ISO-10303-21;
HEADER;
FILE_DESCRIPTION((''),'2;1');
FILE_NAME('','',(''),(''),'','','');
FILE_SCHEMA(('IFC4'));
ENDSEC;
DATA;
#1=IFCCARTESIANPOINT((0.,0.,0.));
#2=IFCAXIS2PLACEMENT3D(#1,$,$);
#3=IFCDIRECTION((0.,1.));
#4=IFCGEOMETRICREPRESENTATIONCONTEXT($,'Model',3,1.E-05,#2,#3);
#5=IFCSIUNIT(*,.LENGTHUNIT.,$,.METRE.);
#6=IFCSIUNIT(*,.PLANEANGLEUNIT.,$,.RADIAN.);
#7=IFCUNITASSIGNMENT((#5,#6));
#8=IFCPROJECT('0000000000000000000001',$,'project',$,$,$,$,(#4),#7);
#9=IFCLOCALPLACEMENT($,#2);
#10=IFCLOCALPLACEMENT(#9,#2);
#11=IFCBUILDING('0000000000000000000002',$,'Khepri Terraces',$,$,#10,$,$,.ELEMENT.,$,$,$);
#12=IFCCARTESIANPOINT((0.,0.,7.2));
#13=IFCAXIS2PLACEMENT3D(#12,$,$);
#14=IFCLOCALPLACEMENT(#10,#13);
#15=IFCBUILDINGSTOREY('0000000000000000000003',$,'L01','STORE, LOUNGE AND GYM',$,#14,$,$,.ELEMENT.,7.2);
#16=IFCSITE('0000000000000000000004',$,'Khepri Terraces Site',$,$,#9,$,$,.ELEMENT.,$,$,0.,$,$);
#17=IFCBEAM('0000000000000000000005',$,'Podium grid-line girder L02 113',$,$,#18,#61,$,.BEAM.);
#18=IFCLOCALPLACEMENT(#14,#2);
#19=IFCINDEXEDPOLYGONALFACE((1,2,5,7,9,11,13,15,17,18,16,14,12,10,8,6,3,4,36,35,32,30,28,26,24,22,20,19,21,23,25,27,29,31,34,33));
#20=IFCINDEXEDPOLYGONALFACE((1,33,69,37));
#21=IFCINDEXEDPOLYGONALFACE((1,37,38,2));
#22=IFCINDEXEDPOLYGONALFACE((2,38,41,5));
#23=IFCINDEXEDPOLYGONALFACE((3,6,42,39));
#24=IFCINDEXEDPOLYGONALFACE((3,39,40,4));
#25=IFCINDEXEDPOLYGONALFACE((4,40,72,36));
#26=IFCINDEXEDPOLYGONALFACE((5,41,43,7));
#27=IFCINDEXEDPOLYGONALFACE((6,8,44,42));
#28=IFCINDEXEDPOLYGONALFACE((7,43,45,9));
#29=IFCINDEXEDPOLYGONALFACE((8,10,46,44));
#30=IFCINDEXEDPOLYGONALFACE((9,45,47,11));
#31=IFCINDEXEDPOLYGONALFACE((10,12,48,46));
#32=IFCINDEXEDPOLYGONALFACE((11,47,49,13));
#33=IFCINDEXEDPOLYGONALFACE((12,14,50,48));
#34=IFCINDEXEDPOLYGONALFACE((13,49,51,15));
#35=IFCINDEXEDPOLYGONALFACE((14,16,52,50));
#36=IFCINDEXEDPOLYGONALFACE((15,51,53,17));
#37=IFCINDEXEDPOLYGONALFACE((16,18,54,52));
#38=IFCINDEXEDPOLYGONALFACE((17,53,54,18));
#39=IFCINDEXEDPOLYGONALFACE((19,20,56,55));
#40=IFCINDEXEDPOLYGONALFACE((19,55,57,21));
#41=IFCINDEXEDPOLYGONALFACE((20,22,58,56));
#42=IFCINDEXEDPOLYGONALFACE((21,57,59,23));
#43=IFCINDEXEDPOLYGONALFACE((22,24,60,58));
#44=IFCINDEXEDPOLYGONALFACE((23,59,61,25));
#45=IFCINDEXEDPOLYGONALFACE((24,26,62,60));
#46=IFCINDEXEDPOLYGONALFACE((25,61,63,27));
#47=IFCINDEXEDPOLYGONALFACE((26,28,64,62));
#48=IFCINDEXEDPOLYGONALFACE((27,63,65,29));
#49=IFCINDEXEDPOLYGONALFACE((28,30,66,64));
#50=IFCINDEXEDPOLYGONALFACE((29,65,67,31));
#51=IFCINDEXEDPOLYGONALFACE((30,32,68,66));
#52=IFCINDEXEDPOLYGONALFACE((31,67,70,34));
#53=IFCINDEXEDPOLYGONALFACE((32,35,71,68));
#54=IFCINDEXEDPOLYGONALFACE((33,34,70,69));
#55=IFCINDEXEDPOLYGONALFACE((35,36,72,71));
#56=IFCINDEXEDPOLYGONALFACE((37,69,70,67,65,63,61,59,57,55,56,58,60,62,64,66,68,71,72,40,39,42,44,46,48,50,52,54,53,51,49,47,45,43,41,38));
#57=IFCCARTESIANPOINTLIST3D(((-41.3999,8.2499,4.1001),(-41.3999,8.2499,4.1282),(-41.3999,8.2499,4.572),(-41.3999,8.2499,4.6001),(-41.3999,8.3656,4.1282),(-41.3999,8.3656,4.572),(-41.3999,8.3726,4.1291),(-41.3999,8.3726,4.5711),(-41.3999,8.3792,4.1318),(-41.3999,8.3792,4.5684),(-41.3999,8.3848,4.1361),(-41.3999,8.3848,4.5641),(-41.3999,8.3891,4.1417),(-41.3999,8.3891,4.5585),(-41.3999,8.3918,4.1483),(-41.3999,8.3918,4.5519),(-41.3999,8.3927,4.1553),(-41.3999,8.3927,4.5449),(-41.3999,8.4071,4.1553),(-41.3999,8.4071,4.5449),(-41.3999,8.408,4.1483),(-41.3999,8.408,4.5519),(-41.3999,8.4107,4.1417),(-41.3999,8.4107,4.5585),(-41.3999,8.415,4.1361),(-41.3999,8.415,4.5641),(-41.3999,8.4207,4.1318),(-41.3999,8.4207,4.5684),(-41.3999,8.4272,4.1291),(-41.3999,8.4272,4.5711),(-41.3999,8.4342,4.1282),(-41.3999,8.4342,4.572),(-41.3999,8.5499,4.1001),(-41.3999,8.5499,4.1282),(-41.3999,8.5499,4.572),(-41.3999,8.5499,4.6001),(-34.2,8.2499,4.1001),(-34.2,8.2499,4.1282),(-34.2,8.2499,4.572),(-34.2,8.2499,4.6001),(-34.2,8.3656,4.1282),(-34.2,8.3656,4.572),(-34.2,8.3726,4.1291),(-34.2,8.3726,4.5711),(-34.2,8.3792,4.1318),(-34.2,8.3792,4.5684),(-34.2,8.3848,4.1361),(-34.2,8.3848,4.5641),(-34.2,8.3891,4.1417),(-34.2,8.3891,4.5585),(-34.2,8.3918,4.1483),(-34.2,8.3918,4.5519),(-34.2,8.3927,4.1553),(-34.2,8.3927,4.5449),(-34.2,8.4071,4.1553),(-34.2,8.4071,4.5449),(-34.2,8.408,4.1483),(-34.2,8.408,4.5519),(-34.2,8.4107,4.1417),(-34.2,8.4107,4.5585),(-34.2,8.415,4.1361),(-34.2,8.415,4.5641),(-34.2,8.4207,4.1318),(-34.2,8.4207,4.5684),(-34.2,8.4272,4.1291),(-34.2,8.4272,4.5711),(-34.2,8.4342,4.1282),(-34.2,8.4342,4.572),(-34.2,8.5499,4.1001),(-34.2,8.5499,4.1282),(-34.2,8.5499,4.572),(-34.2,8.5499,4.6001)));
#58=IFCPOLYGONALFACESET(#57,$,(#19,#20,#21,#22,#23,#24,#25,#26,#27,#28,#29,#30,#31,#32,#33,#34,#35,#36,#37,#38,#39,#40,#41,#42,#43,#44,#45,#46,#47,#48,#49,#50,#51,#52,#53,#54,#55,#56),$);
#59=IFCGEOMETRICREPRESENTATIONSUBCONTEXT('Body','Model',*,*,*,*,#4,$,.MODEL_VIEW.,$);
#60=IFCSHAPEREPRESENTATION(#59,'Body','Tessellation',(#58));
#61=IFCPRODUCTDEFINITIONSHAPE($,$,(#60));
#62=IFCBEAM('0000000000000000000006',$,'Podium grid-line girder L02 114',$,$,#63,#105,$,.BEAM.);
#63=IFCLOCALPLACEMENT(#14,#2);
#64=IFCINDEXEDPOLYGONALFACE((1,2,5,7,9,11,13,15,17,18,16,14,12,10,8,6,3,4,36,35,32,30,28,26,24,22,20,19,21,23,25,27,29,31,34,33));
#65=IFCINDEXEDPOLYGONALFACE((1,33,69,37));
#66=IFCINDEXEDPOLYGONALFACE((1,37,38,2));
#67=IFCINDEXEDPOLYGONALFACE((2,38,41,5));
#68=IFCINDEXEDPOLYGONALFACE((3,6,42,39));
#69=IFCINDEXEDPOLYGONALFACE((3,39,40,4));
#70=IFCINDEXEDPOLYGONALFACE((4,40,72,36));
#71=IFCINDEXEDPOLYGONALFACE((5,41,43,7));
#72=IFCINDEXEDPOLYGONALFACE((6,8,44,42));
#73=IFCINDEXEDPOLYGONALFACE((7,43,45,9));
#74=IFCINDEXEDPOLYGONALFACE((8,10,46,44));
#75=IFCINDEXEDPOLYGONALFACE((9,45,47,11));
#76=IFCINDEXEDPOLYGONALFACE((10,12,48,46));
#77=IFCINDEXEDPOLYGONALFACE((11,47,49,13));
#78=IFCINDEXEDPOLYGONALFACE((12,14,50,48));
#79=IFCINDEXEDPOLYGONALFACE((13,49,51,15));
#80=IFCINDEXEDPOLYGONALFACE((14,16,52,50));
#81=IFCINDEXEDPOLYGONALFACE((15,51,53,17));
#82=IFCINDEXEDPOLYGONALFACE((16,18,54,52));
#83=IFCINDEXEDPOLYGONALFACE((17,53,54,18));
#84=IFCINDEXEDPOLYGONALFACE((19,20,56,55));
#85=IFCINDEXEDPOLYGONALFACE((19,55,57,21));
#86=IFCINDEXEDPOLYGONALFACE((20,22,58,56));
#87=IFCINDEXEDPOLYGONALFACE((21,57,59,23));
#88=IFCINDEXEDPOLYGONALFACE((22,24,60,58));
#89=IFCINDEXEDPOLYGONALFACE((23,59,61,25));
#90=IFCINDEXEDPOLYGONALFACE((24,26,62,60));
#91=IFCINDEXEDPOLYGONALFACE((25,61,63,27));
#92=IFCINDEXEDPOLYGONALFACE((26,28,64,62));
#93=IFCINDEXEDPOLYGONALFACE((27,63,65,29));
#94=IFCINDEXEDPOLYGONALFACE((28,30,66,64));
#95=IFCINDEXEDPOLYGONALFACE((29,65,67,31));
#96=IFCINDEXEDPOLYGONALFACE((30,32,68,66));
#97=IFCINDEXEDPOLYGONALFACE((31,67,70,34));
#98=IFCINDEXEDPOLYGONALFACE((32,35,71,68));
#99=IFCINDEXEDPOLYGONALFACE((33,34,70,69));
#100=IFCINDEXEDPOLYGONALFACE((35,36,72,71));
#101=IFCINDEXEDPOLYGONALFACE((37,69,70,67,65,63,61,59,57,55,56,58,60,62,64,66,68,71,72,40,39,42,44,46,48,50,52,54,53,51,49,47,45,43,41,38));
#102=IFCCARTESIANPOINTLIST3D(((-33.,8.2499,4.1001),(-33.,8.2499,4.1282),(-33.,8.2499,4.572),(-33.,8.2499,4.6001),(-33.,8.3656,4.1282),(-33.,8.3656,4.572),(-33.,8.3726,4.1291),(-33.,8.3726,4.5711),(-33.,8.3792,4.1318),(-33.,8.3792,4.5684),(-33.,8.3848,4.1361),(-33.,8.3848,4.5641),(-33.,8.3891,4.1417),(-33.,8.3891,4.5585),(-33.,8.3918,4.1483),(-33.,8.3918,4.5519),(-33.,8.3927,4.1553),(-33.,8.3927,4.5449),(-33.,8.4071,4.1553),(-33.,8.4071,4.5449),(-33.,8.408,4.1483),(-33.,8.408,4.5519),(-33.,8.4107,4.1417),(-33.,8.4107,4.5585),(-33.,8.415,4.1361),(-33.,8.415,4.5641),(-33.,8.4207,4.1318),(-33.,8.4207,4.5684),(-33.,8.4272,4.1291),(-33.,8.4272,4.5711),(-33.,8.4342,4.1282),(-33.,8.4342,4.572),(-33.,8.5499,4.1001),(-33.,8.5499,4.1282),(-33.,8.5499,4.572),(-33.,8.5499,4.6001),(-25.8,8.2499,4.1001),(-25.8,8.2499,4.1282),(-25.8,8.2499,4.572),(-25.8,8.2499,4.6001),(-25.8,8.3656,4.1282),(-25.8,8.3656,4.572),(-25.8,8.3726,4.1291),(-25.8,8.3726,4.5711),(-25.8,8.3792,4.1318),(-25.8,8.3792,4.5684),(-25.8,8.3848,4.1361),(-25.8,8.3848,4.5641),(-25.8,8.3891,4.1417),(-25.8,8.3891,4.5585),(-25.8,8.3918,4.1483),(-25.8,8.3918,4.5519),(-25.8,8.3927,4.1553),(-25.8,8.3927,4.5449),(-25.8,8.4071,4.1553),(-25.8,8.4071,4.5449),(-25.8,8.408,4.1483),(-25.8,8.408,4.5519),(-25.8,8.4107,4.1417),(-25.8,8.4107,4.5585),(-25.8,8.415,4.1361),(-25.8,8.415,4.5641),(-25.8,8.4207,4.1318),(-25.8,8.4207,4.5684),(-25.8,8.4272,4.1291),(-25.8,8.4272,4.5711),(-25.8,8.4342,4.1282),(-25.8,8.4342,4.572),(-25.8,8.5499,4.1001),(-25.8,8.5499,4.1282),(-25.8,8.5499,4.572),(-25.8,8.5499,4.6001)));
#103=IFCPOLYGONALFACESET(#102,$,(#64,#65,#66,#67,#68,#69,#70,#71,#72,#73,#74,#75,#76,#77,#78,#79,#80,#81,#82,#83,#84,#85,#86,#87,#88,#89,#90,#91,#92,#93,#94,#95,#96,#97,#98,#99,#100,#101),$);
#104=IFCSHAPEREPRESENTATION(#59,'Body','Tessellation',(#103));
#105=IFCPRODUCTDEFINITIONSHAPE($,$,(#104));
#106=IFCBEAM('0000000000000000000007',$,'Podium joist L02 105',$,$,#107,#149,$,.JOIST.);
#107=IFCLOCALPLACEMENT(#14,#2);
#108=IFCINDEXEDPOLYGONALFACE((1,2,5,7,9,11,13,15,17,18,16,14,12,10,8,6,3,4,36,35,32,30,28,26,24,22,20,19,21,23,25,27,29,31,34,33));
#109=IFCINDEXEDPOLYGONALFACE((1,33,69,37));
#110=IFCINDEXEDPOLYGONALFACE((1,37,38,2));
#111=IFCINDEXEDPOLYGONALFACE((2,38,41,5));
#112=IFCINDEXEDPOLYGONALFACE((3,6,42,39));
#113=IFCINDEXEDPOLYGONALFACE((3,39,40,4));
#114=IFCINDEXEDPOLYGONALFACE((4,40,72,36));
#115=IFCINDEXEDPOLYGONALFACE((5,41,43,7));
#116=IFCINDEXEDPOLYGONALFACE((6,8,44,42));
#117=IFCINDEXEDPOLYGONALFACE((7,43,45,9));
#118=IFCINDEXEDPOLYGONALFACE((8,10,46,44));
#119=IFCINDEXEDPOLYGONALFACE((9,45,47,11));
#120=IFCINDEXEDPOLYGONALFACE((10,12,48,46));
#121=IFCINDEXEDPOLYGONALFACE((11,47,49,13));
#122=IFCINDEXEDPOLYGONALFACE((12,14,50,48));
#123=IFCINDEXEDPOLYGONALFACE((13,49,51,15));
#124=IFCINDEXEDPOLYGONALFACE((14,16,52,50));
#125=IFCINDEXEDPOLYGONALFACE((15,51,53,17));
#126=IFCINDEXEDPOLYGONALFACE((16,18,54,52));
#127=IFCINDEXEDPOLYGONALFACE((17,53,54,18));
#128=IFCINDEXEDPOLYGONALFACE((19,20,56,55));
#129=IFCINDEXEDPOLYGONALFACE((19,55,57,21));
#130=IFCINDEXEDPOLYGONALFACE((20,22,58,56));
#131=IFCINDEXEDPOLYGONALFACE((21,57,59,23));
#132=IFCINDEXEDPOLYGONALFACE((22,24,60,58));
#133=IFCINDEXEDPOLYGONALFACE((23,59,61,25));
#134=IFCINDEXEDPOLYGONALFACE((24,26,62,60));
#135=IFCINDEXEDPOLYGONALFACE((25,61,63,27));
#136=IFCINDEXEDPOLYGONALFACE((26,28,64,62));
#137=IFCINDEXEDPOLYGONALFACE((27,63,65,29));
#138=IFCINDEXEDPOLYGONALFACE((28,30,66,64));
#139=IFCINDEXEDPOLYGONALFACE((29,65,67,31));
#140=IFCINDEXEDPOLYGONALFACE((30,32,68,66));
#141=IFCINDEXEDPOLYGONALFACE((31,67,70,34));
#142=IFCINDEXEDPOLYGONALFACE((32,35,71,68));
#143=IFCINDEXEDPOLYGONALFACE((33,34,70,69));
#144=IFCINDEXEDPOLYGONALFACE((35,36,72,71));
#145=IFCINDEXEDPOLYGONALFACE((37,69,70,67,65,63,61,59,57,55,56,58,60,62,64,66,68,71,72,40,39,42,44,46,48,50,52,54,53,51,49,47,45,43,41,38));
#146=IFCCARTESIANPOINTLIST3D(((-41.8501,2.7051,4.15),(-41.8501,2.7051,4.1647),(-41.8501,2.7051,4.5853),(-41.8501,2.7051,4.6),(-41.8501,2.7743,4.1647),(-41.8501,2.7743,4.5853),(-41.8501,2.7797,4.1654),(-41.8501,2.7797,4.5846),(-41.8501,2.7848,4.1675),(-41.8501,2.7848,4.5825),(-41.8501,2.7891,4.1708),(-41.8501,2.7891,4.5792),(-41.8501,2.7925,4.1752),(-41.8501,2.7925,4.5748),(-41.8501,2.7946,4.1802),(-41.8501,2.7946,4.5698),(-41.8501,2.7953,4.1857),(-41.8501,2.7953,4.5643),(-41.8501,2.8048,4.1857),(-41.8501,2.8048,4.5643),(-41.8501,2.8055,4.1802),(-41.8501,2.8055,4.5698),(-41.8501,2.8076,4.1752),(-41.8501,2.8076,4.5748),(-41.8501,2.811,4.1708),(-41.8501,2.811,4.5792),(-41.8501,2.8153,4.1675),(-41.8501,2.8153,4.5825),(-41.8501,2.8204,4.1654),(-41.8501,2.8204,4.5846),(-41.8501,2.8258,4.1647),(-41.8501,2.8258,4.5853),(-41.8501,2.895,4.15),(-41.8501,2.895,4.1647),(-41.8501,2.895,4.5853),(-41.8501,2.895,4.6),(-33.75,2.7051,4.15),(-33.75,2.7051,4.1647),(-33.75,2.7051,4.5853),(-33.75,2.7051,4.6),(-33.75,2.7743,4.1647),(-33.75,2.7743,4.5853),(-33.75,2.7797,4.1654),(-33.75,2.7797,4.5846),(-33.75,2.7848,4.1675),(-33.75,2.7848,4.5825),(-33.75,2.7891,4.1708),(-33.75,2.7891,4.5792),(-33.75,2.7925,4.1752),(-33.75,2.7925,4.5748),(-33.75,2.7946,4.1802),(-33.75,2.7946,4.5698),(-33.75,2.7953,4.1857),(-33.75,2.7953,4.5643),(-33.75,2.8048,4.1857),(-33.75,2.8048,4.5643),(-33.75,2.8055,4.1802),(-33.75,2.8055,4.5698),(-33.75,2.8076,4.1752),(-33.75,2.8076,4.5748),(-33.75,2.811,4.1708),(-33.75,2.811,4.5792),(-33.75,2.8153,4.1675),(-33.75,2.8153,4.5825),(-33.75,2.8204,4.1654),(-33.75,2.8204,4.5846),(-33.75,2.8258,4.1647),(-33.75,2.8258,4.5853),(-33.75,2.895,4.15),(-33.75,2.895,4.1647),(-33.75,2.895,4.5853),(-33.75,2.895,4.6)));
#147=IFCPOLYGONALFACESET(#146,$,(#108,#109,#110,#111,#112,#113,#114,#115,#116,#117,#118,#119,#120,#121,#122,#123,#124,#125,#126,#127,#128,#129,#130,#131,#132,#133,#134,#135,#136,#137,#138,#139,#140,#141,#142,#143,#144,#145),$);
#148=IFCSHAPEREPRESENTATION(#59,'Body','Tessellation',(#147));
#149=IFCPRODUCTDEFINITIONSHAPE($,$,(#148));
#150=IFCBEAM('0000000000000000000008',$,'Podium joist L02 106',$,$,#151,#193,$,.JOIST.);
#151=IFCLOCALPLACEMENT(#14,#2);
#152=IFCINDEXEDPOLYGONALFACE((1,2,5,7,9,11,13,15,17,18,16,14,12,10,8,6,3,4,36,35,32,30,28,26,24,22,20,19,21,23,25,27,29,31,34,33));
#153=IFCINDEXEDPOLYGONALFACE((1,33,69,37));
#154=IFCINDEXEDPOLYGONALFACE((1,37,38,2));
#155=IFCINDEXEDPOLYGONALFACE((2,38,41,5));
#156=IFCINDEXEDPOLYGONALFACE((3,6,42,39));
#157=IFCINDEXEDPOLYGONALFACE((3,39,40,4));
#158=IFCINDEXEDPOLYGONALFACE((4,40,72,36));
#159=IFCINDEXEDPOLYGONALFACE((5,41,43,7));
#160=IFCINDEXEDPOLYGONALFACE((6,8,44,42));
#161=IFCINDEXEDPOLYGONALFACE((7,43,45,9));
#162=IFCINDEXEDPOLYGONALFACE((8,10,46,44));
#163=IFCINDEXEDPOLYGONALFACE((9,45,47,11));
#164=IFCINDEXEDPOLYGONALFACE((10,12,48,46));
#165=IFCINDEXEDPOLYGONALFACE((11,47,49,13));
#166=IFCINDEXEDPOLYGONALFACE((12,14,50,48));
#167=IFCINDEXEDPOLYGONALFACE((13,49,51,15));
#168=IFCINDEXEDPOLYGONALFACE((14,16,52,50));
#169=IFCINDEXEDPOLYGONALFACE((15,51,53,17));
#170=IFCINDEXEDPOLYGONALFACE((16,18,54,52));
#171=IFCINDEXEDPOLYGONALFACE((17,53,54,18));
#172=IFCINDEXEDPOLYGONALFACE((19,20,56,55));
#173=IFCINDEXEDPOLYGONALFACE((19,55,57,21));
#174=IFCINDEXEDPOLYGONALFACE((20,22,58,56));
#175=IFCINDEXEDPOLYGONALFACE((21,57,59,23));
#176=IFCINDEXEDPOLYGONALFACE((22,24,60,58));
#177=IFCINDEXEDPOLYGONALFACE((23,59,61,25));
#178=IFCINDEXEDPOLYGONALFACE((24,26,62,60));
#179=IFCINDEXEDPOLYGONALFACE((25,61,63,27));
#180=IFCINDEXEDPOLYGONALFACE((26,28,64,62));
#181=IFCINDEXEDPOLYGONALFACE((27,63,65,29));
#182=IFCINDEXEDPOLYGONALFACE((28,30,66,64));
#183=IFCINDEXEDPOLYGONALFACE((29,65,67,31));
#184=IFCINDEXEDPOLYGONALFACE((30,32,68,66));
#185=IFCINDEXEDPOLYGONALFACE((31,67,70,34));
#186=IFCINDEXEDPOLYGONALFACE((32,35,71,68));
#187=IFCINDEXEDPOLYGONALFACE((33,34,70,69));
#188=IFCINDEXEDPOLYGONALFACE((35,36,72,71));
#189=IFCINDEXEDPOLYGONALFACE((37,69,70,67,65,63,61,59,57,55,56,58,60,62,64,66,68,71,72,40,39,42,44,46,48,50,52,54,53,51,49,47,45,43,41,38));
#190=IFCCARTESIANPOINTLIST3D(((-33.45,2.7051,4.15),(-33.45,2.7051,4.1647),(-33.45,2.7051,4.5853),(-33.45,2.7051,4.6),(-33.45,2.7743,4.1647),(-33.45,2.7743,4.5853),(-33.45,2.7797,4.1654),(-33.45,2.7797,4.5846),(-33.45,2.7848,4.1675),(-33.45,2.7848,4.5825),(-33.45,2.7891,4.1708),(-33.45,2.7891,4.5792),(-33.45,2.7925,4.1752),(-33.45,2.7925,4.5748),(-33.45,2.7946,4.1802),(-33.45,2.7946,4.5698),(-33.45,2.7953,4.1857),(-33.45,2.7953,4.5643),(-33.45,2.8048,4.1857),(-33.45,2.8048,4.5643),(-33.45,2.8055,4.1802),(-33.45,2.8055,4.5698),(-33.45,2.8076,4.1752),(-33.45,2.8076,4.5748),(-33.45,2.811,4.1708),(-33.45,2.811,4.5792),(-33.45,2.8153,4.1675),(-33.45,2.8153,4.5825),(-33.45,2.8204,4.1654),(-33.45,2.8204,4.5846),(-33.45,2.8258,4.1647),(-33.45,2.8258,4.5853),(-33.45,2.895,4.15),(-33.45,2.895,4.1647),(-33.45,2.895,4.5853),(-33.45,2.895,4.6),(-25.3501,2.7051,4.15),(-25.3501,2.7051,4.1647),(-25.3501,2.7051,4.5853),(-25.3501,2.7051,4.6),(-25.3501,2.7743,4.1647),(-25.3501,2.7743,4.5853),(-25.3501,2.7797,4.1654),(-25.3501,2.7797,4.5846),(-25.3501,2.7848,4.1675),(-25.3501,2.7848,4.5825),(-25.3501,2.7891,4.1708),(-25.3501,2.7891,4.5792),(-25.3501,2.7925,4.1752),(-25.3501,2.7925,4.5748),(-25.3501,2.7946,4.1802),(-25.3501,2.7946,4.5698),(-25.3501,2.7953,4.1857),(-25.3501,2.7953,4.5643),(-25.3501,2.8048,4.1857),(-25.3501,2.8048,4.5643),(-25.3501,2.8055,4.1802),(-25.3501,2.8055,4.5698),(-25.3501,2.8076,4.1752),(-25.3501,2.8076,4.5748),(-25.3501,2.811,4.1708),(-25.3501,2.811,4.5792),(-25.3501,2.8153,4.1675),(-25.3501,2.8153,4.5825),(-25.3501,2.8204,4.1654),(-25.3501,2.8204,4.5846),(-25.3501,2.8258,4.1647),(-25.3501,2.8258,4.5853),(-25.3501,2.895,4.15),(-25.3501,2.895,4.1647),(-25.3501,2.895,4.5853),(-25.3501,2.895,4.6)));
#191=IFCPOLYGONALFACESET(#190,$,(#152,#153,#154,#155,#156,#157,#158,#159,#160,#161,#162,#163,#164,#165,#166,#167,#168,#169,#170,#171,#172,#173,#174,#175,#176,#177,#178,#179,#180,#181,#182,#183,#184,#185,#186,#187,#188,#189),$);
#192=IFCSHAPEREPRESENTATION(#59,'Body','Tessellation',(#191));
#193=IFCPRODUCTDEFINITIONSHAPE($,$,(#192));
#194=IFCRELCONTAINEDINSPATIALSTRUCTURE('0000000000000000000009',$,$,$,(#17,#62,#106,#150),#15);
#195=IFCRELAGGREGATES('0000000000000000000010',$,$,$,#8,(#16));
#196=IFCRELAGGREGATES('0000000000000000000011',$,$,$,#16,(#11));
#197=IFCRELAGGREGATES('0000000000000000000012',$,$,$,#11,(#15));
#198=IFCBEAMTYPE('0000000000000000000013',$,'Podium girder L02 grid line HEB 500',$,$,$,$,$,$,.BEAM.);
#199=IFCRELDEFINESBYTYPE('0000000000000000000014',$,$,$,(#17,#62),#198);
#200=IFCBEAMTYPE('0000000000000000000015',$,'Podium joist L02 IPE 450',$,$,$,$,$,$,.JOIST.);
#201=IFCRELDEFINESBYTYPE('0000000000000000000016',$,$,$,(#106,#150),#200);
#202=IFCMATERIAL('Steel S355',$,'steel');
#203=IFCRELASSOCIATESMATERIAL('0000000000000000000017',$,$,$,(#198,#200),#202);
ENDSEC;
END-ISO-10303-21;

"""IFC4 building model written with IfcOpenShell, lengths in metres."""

from ifc_helpers import new_model, si_unit, direction, frame, origin, origin_2d, place, context, subcontext, project, spatial, i_section, extrude, material, material_profile, profile_set, type_object, element, save


model = new_model("IFC4")

# Units and contexts
model_context = context("Model", 3, precision=1e-05, world=origin(), true_north=direction((0.0, 1.0)))
body_context = subcontext(model_context, "Body", "Model", "MODEL_VIEW")
ifc_project = project(units=[si_unit("LENGTHUNIT", "METRE"), si_unit("PLANEANGLEUNIT", "RADIAN")], contexts=[model_context])

# Site, building, storey
site_placement = place(None, origin())
site = spatial("IfcSite", under=ifc_project, at=site_placement, Name="Khepri Terraces Site", CompositionType="ELEMENT", RefElevation=0.0)
building_placement = place(site_placement, origin())
building = spatial("IfcBuilding", under=site, at=building_placement, Name="Khepri Terraces", CompositionType="ELEMENT")
storey_placement = place(building_placement, frame((0.0, 0.0, 7.2)))
storey = spatial("IfcBuildingStorey", under=building, at=storey_placement, Name="L01", Description="STORE, LOUNGE AND GYM", CompositionType="ELEMENT", Elevation=7.2)

# Beams
ifc_material_1 = material(Name="Steel S355", Category="steel")
ifc_material_profile_1 = material_profile(ifc_material_1, i_section(OverallWidth=0.3, OverallDepth=0.5, WebThickness=0.0144, FlangeThickness=0.0281, FilletRadius=0.0271, at=origin_2d()), Name="Steel S355", Category="steel")
ifc_profile_set_1 = profile_set([ifc_material_profile_1], Name="Steel S355")
beam_type_1 = type_object("IfcBeamType", Name="Podium girder L02 grid line HEB 500", PredefinedType="BEAM", material=ifc_profile_set_1)
for number, where, z_axis, x_axis, name in (
    (1, (-41.3999, 8.3999, 4.3501), (1.0, 0.0, 0.0), (0.0, 1.0, 0.0), "Podium grid-line girder L02 113"),
    (2, (-33.0, 8.3999, 4.3501), (1.0, 0.0, 0.0), (0.0, 1.0, 0.0), "Podium grid-line girder L02 114"),
):
    element("IfcBeam", number, at=place(storey_placement, frame(where, z_axis=z_axis, x_axis=x_axis)), inside=storey, type_object=beam_type_1, Name=name, PredefinedType="BEAM", context=body_context, shape_type="SweptSolid", body=[
        extrude(i_section(OverallWidth=0.3, OverallDepth=0.5, WebThickness=0.0144, FlangeThickness=0.0281, FilletRadius=0.0271, at=origin_2d()), origin(), (0.0, 0.0, 1.0), 7.2),
    ])
ifc_material_profile_2 = material_profile(ifc_material_1, i_section(OverallWidth=0.1899, OverallDepth=0.45, WebThickness=0.0095, FlangeThickness=0.0146, FilletRadius=0.021, at=origin_2d()), Name="Steel S355", Category="steel")
ifc_profile_set_2 = profile_set([ifc_material_profile_2], Name="Steel S355")
beam_type_2 = type_object("IfcBeamType", Name="Podium joist L02 IPE 450", PredefinedType="JOIST", material=ifc_profile_set_2)
beam_1_placement = place(storey_placement, frame((-41.8501, 2.8, 4.375), z_axis=(1.0, 0.0, 0.0), x_axis=(0.0, 1.0, 0.0)))
element("IfcBeam", 3, at=beam_1_placement, inside=storey, type_object=beam_type_2, Name="Podium joist L02 105", PredefinedType="JOIST", context=body_context, shape_type="SweptSolid", body=[
    extrude(i_section(OverallWidth=0.1899, OverallDepth=0.45, WebThickness=0.0095, FlangeThickness=0.0146, FilletRadius=0.021, at=origin_2d()), origin(), (0.0, 0.0, 1.0), 8.1001),
])
beam_2_placement = place(storey_placement, frame((-33.45, 2.8, 4.375), z_axis=(1.0, 0.0, 0.0), x_axis=(0.0, 1.0, 0.0)))
element("IfcBeam", 4, at=beam_2_placement, inside=storey, type_object=beam_type_2, Name="Podium joist L02 106", PredefinedType="JOIST", context=body_context, shape_type="SweptSolid", body=[
    extrude(i_section(OverallWidth=0.1899, OverallDepth=0.45, WebThickness=0.0095, FlangeThickness=0.0146, FilletRadius=0.021, at=origin_2d()), origin(), (0.0, 0.0, 1.0), 8.0999),
])

save(model, "model.ifc")
